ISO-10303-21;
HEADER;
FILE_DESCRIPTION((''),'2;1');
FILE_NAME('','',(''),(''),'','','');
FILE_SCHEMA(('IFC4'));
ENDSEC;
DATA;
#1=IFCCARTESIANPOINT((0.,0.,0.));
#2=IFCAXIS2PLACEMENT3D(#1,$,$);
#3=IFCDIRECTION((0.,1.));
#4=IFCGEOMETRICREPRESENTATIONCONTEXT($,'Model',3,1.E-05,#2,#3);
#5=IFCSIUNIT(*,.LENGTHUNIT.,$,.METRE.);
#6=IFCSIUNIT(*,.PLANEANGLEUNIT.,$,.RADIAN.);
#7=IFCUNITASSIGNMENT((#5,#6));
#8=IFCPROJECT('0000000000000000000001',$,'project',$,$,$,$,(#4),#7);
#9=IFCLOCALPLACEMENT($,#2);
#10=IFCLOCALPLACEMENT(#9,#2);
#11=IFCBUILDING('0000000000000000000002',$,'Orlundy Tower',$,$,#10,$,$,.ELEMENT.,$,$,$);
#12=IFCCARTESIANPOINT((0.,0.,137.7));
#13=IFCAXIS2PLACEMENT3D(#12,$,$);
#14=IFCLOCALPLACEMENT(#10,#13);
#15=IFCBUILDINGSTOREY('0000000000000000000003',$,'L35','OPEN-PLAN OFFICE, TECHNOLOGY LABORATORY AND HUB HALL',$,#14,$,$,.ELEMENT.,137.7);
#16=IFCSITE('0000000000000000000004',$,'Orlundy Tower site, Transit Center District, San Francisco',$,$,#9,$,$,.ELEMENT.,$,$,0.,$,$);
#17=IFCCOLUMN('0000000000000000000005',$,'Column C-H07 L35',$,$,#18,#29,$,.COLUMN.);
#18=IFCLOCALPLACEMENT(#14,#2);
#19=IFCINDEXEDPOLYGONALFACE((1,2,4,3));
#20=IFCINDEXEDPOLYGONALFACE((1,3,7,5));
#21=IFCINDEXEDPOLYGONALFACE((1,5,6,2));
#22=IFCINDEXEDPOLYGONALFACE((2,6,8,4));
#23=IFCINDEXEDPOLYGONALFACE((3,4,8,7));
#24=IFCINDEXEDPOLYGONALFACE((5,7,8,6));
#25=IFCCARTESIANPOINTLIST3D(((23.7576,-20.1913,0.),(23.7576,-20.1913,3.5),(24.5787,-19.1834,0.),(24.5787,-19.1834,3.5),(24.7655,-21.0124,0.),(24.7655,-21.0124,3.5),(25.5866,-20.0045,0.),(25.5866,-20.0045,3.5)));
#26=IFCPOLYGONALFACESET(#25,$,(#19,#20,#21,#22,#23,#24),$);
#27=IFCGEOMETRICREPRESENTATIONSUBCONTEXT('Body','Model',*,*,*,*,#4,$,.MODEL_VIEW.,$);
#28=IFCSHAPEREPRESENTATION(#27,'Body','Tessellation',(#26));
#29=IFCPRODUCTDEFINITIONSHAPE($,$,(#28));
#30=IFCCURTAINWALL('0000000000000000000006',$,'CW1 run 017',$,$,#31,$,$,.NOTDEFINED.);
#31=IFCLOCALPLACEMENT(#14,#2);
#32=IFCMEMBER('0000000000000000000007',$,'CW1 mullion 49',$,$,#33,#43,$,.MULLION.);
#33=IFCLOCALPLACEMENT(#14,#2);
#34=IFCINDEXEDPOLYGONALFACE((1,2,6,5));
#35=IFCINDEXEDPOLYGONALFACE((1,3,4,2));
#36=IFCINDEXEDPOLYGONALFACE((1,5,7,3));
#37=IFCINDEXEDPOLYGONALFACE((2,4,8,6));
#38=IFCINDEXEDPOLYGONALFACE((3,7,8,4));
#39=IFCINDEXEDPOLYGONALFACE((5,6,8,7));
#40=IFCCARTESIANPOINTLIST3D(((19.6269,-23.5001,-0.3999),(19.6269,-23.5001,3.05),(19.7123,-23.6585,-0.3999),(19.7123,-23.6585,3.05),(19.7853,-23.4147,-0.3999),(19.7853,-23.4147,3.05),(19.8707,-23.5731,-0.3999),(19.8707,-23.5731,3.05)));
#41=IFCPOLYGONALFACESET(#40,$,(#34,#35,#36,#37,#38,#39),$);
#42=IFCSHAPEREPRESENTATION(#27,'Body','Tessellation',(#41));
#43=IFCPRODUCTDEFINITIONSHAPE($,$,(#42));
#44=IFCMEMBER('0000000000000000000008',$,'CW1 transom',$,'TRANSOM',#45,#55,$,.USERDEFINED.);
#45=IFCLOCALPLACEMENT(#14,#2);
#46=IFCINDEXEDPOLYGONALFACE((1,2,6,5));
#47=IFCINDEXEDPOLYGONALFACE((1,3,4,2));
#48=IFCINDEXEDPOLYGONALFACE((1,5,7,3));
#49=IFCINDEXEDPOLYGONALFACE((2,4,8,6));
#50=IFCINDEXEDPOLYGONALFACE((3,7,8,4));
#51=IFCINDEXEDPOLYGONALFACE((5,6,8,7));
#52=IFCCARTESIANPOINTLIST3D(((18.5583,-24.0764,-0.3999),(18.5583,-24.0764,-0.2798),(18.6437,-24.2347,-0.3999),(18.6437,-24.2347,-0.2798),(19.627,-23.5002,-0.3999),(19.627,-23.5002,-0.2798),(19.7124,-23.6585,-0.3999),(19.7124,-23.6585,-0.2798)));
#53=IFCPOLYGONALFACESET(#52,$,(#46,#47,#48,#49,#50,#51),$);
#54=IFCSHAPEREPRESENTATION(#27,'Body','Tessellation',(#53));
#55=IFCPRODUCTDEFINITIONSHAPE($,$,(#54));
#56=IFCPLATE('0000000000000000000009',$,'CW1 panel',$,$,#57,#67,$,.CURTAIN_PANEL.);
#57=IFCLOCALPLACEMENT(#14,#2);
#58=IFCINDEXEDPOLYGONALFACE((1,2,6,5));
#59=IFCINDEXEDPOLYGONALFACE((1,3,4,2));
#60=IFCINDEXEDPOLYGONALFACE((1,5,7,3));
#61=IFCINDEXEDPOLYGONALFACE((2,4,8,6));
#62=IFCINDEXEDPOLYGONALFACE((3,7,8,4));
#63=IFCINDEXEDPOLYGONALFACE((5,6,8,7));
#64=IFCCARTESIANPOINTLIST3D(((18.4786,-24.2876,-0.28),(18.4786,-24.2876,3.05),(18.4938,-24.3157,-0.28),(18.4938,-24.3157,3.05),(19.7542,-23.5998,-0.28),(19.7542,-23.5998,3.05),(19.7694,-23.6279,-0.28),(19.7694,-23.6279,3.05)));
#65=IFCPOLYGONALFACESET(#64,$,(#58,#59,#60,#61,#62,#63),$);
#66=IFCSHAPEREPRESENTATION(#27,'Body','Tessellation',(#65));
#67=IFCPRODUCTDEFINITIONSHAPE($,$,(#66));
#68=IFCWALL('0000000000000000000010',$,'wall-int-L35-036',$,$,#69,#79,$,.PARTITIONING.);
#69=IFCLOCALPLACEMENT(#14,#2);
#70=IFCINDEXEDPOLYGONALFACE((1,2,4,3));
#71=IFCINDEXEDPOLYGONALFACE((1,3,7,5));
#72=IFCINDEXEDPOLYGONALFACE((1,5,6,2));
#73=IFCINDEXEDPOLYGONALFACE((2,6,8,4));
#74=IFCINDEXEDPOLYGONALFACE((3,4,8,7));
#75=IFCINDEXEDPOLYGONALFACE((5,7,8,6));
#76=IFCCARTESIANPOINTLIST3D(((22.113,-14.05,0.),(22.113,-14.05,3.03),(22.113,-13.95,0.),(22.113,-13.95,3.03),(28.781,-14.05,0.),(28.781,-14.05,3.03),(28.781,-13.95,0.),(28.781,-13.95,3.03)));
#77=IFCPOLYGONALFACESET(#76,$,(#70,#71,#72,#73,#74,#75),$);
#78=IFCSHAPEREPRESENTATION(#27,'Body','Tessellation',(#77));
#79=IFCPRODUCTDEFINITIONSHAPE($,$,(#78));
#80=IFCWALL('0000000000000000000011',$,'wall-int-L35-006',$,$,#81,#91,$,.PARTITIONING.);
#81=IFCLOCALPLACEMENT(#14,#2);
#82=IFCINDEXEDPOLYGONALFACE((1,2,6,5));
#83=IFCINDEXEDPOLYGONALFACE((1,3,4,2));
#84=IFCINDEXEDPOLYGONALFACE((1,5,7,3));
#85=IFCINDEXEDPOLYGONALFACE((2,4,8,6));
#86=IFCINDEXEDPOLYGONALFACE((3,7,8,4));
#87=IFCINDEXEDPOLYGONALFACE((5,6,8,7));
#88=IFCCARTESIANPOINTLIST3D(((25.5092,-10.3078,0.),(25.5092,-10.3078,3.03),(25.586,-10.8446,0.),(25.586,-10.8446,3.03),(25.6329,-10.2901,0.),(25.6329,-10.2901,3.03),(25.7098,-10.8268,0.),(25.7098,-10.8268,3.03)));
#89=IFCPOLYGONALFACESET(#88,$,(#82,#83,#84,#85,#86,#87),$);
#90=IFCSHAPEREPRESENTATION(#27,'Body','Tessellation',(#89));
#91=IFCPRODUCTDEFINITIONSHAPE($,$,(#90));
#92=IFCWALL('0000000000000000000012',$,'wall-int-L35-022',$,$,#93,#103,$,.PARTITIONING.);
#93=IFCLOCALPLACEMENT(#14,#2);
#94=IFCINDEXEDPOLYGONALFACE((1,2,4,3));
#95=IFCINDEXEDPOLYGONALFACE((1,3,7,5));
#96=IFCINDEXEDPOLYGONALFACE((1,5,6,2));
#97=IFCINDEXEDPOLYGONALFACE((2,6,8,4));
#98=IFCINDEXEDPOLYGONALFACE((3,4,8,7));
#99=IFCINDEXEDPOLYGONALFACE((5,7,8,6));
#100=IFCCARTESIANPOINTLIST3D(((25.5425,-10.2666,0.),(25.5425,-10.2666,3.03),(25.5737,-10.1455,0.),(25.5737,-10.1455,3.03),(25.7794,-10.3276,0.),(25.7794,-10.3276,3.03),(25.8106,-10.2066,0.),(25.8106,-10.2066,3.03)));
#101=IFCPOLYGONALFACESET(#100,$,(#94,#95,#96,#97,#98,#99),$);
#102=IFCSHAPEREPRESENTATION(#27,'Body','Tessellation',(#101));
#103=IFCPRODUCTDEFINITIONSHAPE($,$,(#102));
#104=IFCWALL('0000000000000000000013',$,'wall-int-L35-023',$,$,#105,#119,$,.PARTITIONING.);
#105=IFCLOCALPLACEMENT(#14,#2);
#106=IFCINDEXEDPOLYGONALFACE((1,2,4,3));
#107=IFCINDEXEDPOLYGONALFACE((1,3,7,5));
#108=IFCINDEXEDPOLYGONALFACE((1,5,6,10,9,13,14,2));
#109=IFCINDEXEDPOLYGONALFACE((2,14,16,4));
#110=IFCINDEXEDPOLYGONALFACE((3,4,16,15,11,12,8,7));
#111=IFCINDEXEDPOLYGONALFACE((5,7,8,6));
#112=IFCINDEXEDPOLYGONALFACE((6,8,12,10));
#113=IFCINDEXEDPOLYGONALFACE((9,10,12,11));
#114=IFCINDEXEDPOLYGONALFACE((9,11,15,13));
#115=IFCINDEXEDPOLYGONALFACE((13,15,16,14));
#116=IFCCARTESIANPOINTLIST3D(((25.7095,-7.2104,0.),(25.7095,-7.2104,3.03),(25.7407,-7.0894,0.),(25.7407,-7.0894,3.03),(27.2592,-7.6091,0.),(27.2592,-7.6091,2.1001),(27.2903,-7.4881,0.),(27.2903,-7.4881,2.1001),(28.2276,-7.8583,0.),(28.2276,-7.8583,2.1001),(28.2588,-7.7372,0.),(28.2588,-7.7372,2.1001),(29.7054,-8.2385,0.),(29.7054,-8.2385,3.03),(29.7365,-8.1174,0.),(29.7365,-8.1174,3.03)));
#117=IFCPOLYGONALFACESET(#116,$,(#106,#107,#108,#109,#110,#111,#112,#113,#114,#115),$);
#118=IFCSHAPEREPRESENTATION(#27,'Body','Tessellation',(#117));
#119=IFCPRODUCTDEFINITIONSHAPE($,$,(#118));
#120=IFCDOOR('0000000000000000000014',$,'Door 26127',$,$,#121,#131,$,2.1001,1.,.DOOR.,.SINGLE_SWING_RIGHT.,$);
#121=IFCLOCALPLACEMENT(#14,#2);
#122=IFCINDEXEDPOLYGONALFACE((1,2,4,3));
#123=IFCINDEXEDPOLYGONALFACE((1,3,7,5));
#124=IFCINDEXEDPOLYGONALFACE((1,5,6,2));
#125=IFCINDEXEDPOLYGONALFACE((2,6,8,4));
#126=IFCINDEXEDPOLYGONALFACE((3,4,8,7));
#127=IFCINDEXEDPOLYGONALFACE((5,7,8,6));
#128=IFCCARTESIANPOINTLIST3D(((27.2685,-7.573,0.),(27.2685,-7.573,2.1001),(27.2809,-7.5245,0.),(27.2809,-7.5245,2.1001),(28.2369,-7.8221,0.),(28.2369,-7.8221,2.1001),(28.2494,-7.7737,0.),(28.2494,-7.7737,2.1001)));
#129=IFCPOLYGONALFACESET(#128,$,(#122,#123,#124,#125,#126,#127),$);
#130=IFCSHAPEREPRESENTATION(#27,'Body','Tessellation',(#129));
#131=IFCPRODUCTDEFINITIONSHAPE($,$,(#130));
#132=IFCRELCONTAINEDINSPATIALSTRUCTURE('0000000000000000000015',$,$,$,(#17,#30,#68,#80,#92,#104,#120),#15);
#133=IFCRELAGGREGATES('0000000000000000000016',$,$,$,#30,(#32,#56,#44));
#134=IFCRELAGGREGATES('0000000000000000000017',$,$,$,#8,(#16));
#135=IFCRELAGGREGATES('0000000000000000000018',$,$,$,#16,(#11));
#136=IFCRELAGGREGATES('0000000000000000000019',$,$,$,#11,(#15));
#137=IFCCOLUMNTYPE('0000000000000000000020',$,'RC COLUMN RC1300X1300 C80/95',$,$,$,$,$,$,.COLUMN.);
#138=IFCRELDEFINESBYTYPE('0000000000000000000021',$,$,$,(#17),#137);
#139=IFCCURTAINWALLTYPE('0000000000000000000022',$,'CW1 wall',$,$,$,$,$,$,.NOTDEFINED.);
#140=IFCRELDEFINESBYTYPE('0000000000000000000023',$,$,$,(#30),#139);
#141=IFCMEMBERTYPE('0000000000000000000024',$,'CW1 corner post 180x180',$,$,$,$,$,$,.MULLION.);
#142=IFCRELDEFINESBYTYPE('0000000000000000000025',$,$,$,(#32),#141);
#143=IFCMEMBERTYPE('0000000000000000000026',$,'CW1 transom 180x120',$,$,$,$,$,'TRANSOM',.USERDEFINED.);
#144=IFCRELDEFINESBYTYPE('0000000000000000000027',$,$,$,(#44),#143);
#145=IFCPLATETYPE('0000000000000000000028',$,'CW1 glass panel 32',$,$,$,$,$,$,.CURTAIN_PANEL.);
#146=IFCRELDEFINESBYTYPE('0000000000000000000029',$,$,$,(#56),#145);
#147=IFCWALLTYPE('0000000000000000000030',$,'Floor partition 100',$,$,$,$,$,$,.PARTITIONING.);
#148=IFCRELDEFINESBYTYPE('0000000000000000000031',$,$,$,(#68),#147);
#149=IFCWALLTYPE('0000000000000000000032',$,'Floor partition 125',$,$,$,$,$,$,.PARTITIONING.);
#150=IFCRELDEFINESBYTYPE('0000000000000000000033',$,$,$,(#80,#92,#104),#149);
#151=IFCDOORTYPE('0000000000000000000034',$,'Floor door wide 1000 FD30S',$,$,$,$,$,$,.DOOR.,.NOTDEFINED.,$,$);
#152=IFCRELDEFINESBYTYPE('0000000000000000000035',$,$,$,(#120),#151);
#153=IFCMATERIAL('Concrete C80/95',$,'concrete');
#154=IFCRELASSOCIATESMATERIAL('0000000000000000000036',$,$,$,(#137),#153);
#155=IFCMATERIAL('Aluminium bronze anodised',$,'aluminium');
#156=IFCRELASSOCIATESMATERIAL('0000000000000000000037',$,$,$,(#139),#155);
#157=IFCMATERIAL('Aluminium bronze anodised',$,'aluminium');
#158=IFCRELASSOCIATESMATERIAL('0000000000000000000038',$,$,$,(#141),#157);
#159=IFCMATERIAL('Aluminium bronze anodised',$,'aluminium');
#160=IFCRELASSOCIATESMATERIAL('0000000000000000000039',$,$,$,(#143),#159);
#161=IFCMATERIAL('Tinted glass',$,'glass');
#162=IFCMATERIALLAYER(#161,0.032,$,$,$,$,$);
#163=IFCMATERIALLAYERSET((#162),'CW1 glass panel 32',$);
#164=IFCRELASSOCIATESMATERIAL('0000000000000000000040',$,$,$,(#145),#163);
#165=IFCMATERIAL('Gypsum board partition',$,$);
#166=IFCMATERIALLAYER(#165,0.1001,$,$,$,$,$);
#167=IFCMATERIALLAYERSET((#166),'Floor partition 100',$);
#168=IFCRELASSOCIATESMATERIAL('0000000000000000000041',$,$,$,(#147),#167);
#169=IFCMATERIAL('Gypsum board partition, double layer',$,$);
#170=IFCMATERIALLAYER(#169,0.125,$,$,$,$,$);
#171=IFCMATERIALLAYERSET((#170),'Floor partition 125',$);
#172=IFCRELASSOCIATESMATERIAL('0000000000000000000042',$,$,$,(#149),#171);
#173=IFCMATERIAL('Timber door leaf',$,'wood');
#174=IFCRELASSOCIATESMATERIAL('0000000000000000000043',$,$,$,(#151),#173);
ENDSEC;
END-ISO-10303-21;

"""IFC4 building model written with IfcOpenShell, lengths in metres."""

from ifc_helpers import new_model, si_unit, direction, frame, frame_2d, origin, origin_2d, place, context, subcontext, project, spatial, rectangle, extrude, material, layer, layer_set, material_profile, profile_set, type_object, element, fill, aggregate, save


model = new_model("IFC4")

# Units and contexts
model_context = context("Model", 3, precision=1e-05, world=origin(), true_north=direction((0.0, 1.0)))
body_context = subcontext(model_context, "Body", "Model", "MODEL_VIEW")
ifc_project = project(units=[si_unit("LENGTHUNIT", "METRE"), si_unit("PLANEANGLEUNIT", "RADIAN")], contexts=[model_context])

# Site, building, storey
site_placement = place(None, origin())
site = spatial("IfcSite", under=ifc_project, at=site_placement, Name="Orlundy Tower site, Transit Center District, San Francisco", CompositionType="ELEMENT", RefElevation=0.0)
building_placement = place(site_placement, origin())
building = spatial("IfcBuilding", under=site, at=building_placement, Name="Orlundy Tower", CompositionType="ELEMENT")
storey_placement = place(building_placement, frame((0.0, 0.0, 137.7)))
storey = spatial("IfcBuildingStorey", under=building, at=storey_placement, Name="L35", Description="OPEN-PLAN OFFICE, TECHNOLOGY LABORATORY AND HUB HALL", CompositionType="ELEMENT", Elevation=137.7)

# Column
ifc_material_1 = material(Name="Concrete C80/95", Category="concrete")
ifc_material_profile_1 = material_profile(ifc_material_1, rectangle(XDim=1.3, YDim=1.3, at=origin_2d()), Name="RC1300X1300")
ifc_profile_set_1 = profile_set([ifc_material_profile_1], Name="Concrete C80/95")
column_type = type_object("IfcColumnType", Name="RC COLUMN RC1300X1300 C80/95", PredefinedType="COLUMN", material=ifc_profile_set_1)
column_placement = place(storey_placement, frame((24.6721, -20.0979, 0.0), z_axis=(0.0, 0.0, 1.0), x_axis=(0.775308, -0.631583, 0.0)))
element("IfcColumn", 1, at=column_placement, inside=storey, type_object=column_type, Name="Column C-H07 L35", PredefinedType="COLUMN", context=body_context, shape_type="SweptSolid", body=[
    extrude(rectangle(XDim=1.3, YDim=1.3, at=origin_2d()), origin(), (0.0, 0.0, 1.0), 3.5),
])

# Curtain wall, members, plate
ifc_material_2 = material(Name="Aluminium bronze anodised", Category="aluminium")
curtain_wall_type = type_object("IfcCurtainWallType", Name="CW1 wall", PredefinedType="NOTDEFINED", material=ifc_material_2)
curtain_wall_placement = place(storey_placement, origin())
curtain_wall = element("IfcCurtainWall", 2, at=curtain_wall_placement, inside=storey, type_object=curtain_wall_type, Name="CW1 run 017", PredefinedType="NOTDEFINED")
ifc_material_3 = material(Name="Aluminium bronze anodised", Category="aluminium")
ifc_material_profile_2 = material_profile(ifc_material_3, rectangle(XDim=0.1799, YDim=0.1799, at=origin_2d()), Name="CW1 corner post 180x180")
ifc_profile_set_2 = profile_set([ifc_material_profile_2], Name="Aluminium bronze anodised")
member_type_1 = type_object("IfcMemberType", Name="CW1 corner post 180x180", PredefinedType="MULLION", material=ifc_profile_set_2)
member_1_placement = place(storey_placement, frame((19.7488, -23.5366, -0.3999), z_axis=(0.0, 0.0, 1.0), x_axis=(0.474616, -0.880193, 0.0)))
member_1 = element("IfcMember", 3, at=member_1_placement, type_object=member_type_1, Name="CW1 mullion 49", PredefinedType="MULLION", context=body_context, shape_type="SweptSolid", body=[
    extrude(rectangle(XDim=0.1799, YDim=0.1799, at=origin_2d()), origin(), (0.0, 0.0, 1.0), 3.45),
])
ifc_material_4 = material(Name="Aluminium bronze anodised", Category="aluminium")
ifc_material_profile_3 = material_profile(ifc_material_4, rectangle(XDim=0.1799, YDim=0.1201, at=origin_2d()), Name="CW1 transom 180x120")
ifc_profile_set_3 = profile_set([ifc_material_profile_3], Name="Aluminium bronze anodised")
member_type_2 = type_object("IfcMemberType", Name="CW1 transom 180x120", ElementType="TRANSOM", PredefinedType="USERDEFINED", material=ifc_profile_set_3)
member_2_placement = place(storey_placement, frame((19.6697, -23.5793, -0.3398), z_axis=(-0.880206, -0.474591, 0.0), x_axis=(0.474591, -0.880206, 0.0)))
member_2 = element("IfcMember", 4, at=member_2_placement, type_object=member_type_2, Name="CW1 transom", ObjectType="TRANSOM", PredefinedType="USERDEFINED", context=body_context, shape_type="SweptSolid", body=[
    extrude(rectangle(XDim=0.1799, YDim=0.1201, at=origin_2d()), origin(), (0.0, 0.0, 1.0), 1.2141),
])
ifc_material_5 = material(Name="Tinted glass", Category="glass")
ifc_layer_1 = layer(ifc_material_5, 0.032)
ifc_layer_set_1 = layer_set([ifc_layer_1], Name="CW1 glass panel 32")
plate_type = type_object("IfcPlateType", Name="CW1 glass panel 32", PredefinedType="CURTAIN_PANEL", material=ifc_layer_set_1)
plate_placement = place(storey_placement, frame((19.124, -23.9578, -0.28), z_axis=(0.0, 0.0, 1.0), x_axis=(-0.880193, -0.474616, 0.0)))
plate = element("IfcPlate", 5, at=plate_placement, type_object=plate_type, Name="CW1 panel", PredefinedType="CURTAIN_PANEL", context=body_context, shape_type="SweptSolid", body=[
    extrude(rectangle(XDim=1.4492, YDim=0.032, at=origin_2d()), origin(), (0.0, 0.0, 1.0), 3.3301),
])
aggregate(curtain_wall, [member_1, plate, member_2])

# Walls
ifc_material_6 = material(Name="Gypsum board partition")
ifc_layer_2 = layer(ifc_material_6, 0.1001)
ifc_layer_set_2 = layer_set([ifc_layer_2], Name="Floor partition 100")
wall_type_1 = type_object("IfcWallType", Name="Floor partition 100", PredefinedType="PARTITIONING", material=ifc_layer_set_2)
wall_1_placement = place(storey_placement, frame((22.113, -14.0, 0.0), z_axis=(0.0, 0.0, 1.0), x_axis=(1.0, 0.0, 0.0)))
element("IfcWall", 6, at=wall_1_placement, inside=storey, type_object=wall_type_1, Name="wall-int-L35-036", PredefinedType="PARTITIONING", context=body_context, shape_type="SweptSolid", body=[
    extrude(rectangle(XDim=6.668, YDim=0.1001, at=frame_2d((3.334, 0.0))), origin(), (0.0, 0.0, 1.0), 3.03),
])
ifc_material_7 = material(Name="Gypsum board partition, double layer")
ifc_layer_3 = layer(ifc_material_7, 0.125)
ifc_layer_set_3 = layer_set([ifc_layer_3], Name="Floor partition 125")
wall_type_2 = type_object("IfcWallType", Name="Floor partition 125", PredefinedType="PARTITIONING", material=ifc_layer_set_3)
wall_2_placement = place(storey_placement, frame((25.571, -10.2991, 0.0), z_axis=(0.0, 0.0, 1.0), x_axis=(0.141799, -0.989895, 0.0)))
element("IfcWall", 7, at=wall_2_placement, inside=storey, type_object=wall_type_2, Name="wall-int-L35-006", PredefinedType="PARTITIONING", context=body_context, shape_type="SweptSolid", body=[
    extrude(rectangle(XDim=0.5422, YDim=0.125, at=frame_2d((0.271, 0.0))), origin(), (0.0, 0.0, 1.0), 3.03),
])
wall_3_placement = place(storey_placement, frame((25.5581, -10.2061, 0.0), z_axis=(0.0, 0.0, 1.0), x_axis=(0.968355, -0.249576, 0.0)))
element("IfcWall", 8, at=wall_3_placement, inside=storey, type_object=wall_type_2, Name="wall-int-L35-022", PredefinedType="PARTITIONING", context=body_context, shape_type="SweptSolid", body=[
    extrude(rectangle(XDim=0.2446, YDim=0.125, at=frame_2d((0.1223, 0.0))), origin(), (0.0, 0.0, 1.0), 3.03),
])

# Wall, opening, door
wall_4_placement = place(storey_placement, frame((25.7251, -7.1499, 0.0), z_axis=(0.0, 0.0, 1.0), x_axis=(0.968459, -0.249171, 0.0)))
wall_4 = element("IfcWall", 9, at=wall_4_placement, inside=storey, type_object=wall_type_2, Name="wall-int-L35-023", PredefinedType="PARTITIONING", context=body_context, shape_type="SweptSolid", body=[
    extrude(rectangle(XDim=4.126, YDim=0.125, at=frame_2d((2.063, 0.0))), origin(), (0.0, 0.0, 1.0), 3.03),
])
opening_1_placement = place(wall_4_placement, frame((1.6001, 0.0, 0.0)))
opening_1 = element("IfcOpeningElement", 10, at=opening_1_placement, cuts=wall_4, PredefinedType="OPENING", context=body_context, shape_type="SweptSolid", body=[
    extrude(rectangle(XDim=1.0, YDim=2.1001, at=frame_2d((0.5, 1.05))), frame((0.0, 0.0725, 0.0), z_axis=(0.0, -1.0, 0.0), x_axis=(1.0, 0.0, 0.0)), (0.0, 0.0, 1.0), 0.145),
])
ifc_material_8 = material(Name="Timber door leaf", Category="wood")
door_type_1 = type_object("IfcDoorType", Name="Floor door wide 1000 FD30S", OperationType="NOTDEFINED", PredefinedType="DOOR", material=ifc_material_8)
door_1_placement = place(opening_1_placement, origin())
door_1 = element("IfcDoor", 11, at=door_1_placement, inside=storey, type_object=door_type_1, Name="Door 26127", OperationType="SINGLE_SWING_RIGHT", OverallHeight=2.1001, OverallWidth=1.0, PredefinedType="DOOR", context=body_context, shape_type="SweptSolid", body=[
    extrude(rectangle(XDim=1.0, YDim=2.1001, at=frame_2d((0.5, 1.05))), frame((0.0, 0.0249, 0.0), z_axis=(0.0, -1.0, 0.0), x_axis=(1.0, 0.0, 0.0)), (0.0, 0.0, 1.0), 0.05),
])
fill(opening_1, door_1)

save(model, "model.ifc")
